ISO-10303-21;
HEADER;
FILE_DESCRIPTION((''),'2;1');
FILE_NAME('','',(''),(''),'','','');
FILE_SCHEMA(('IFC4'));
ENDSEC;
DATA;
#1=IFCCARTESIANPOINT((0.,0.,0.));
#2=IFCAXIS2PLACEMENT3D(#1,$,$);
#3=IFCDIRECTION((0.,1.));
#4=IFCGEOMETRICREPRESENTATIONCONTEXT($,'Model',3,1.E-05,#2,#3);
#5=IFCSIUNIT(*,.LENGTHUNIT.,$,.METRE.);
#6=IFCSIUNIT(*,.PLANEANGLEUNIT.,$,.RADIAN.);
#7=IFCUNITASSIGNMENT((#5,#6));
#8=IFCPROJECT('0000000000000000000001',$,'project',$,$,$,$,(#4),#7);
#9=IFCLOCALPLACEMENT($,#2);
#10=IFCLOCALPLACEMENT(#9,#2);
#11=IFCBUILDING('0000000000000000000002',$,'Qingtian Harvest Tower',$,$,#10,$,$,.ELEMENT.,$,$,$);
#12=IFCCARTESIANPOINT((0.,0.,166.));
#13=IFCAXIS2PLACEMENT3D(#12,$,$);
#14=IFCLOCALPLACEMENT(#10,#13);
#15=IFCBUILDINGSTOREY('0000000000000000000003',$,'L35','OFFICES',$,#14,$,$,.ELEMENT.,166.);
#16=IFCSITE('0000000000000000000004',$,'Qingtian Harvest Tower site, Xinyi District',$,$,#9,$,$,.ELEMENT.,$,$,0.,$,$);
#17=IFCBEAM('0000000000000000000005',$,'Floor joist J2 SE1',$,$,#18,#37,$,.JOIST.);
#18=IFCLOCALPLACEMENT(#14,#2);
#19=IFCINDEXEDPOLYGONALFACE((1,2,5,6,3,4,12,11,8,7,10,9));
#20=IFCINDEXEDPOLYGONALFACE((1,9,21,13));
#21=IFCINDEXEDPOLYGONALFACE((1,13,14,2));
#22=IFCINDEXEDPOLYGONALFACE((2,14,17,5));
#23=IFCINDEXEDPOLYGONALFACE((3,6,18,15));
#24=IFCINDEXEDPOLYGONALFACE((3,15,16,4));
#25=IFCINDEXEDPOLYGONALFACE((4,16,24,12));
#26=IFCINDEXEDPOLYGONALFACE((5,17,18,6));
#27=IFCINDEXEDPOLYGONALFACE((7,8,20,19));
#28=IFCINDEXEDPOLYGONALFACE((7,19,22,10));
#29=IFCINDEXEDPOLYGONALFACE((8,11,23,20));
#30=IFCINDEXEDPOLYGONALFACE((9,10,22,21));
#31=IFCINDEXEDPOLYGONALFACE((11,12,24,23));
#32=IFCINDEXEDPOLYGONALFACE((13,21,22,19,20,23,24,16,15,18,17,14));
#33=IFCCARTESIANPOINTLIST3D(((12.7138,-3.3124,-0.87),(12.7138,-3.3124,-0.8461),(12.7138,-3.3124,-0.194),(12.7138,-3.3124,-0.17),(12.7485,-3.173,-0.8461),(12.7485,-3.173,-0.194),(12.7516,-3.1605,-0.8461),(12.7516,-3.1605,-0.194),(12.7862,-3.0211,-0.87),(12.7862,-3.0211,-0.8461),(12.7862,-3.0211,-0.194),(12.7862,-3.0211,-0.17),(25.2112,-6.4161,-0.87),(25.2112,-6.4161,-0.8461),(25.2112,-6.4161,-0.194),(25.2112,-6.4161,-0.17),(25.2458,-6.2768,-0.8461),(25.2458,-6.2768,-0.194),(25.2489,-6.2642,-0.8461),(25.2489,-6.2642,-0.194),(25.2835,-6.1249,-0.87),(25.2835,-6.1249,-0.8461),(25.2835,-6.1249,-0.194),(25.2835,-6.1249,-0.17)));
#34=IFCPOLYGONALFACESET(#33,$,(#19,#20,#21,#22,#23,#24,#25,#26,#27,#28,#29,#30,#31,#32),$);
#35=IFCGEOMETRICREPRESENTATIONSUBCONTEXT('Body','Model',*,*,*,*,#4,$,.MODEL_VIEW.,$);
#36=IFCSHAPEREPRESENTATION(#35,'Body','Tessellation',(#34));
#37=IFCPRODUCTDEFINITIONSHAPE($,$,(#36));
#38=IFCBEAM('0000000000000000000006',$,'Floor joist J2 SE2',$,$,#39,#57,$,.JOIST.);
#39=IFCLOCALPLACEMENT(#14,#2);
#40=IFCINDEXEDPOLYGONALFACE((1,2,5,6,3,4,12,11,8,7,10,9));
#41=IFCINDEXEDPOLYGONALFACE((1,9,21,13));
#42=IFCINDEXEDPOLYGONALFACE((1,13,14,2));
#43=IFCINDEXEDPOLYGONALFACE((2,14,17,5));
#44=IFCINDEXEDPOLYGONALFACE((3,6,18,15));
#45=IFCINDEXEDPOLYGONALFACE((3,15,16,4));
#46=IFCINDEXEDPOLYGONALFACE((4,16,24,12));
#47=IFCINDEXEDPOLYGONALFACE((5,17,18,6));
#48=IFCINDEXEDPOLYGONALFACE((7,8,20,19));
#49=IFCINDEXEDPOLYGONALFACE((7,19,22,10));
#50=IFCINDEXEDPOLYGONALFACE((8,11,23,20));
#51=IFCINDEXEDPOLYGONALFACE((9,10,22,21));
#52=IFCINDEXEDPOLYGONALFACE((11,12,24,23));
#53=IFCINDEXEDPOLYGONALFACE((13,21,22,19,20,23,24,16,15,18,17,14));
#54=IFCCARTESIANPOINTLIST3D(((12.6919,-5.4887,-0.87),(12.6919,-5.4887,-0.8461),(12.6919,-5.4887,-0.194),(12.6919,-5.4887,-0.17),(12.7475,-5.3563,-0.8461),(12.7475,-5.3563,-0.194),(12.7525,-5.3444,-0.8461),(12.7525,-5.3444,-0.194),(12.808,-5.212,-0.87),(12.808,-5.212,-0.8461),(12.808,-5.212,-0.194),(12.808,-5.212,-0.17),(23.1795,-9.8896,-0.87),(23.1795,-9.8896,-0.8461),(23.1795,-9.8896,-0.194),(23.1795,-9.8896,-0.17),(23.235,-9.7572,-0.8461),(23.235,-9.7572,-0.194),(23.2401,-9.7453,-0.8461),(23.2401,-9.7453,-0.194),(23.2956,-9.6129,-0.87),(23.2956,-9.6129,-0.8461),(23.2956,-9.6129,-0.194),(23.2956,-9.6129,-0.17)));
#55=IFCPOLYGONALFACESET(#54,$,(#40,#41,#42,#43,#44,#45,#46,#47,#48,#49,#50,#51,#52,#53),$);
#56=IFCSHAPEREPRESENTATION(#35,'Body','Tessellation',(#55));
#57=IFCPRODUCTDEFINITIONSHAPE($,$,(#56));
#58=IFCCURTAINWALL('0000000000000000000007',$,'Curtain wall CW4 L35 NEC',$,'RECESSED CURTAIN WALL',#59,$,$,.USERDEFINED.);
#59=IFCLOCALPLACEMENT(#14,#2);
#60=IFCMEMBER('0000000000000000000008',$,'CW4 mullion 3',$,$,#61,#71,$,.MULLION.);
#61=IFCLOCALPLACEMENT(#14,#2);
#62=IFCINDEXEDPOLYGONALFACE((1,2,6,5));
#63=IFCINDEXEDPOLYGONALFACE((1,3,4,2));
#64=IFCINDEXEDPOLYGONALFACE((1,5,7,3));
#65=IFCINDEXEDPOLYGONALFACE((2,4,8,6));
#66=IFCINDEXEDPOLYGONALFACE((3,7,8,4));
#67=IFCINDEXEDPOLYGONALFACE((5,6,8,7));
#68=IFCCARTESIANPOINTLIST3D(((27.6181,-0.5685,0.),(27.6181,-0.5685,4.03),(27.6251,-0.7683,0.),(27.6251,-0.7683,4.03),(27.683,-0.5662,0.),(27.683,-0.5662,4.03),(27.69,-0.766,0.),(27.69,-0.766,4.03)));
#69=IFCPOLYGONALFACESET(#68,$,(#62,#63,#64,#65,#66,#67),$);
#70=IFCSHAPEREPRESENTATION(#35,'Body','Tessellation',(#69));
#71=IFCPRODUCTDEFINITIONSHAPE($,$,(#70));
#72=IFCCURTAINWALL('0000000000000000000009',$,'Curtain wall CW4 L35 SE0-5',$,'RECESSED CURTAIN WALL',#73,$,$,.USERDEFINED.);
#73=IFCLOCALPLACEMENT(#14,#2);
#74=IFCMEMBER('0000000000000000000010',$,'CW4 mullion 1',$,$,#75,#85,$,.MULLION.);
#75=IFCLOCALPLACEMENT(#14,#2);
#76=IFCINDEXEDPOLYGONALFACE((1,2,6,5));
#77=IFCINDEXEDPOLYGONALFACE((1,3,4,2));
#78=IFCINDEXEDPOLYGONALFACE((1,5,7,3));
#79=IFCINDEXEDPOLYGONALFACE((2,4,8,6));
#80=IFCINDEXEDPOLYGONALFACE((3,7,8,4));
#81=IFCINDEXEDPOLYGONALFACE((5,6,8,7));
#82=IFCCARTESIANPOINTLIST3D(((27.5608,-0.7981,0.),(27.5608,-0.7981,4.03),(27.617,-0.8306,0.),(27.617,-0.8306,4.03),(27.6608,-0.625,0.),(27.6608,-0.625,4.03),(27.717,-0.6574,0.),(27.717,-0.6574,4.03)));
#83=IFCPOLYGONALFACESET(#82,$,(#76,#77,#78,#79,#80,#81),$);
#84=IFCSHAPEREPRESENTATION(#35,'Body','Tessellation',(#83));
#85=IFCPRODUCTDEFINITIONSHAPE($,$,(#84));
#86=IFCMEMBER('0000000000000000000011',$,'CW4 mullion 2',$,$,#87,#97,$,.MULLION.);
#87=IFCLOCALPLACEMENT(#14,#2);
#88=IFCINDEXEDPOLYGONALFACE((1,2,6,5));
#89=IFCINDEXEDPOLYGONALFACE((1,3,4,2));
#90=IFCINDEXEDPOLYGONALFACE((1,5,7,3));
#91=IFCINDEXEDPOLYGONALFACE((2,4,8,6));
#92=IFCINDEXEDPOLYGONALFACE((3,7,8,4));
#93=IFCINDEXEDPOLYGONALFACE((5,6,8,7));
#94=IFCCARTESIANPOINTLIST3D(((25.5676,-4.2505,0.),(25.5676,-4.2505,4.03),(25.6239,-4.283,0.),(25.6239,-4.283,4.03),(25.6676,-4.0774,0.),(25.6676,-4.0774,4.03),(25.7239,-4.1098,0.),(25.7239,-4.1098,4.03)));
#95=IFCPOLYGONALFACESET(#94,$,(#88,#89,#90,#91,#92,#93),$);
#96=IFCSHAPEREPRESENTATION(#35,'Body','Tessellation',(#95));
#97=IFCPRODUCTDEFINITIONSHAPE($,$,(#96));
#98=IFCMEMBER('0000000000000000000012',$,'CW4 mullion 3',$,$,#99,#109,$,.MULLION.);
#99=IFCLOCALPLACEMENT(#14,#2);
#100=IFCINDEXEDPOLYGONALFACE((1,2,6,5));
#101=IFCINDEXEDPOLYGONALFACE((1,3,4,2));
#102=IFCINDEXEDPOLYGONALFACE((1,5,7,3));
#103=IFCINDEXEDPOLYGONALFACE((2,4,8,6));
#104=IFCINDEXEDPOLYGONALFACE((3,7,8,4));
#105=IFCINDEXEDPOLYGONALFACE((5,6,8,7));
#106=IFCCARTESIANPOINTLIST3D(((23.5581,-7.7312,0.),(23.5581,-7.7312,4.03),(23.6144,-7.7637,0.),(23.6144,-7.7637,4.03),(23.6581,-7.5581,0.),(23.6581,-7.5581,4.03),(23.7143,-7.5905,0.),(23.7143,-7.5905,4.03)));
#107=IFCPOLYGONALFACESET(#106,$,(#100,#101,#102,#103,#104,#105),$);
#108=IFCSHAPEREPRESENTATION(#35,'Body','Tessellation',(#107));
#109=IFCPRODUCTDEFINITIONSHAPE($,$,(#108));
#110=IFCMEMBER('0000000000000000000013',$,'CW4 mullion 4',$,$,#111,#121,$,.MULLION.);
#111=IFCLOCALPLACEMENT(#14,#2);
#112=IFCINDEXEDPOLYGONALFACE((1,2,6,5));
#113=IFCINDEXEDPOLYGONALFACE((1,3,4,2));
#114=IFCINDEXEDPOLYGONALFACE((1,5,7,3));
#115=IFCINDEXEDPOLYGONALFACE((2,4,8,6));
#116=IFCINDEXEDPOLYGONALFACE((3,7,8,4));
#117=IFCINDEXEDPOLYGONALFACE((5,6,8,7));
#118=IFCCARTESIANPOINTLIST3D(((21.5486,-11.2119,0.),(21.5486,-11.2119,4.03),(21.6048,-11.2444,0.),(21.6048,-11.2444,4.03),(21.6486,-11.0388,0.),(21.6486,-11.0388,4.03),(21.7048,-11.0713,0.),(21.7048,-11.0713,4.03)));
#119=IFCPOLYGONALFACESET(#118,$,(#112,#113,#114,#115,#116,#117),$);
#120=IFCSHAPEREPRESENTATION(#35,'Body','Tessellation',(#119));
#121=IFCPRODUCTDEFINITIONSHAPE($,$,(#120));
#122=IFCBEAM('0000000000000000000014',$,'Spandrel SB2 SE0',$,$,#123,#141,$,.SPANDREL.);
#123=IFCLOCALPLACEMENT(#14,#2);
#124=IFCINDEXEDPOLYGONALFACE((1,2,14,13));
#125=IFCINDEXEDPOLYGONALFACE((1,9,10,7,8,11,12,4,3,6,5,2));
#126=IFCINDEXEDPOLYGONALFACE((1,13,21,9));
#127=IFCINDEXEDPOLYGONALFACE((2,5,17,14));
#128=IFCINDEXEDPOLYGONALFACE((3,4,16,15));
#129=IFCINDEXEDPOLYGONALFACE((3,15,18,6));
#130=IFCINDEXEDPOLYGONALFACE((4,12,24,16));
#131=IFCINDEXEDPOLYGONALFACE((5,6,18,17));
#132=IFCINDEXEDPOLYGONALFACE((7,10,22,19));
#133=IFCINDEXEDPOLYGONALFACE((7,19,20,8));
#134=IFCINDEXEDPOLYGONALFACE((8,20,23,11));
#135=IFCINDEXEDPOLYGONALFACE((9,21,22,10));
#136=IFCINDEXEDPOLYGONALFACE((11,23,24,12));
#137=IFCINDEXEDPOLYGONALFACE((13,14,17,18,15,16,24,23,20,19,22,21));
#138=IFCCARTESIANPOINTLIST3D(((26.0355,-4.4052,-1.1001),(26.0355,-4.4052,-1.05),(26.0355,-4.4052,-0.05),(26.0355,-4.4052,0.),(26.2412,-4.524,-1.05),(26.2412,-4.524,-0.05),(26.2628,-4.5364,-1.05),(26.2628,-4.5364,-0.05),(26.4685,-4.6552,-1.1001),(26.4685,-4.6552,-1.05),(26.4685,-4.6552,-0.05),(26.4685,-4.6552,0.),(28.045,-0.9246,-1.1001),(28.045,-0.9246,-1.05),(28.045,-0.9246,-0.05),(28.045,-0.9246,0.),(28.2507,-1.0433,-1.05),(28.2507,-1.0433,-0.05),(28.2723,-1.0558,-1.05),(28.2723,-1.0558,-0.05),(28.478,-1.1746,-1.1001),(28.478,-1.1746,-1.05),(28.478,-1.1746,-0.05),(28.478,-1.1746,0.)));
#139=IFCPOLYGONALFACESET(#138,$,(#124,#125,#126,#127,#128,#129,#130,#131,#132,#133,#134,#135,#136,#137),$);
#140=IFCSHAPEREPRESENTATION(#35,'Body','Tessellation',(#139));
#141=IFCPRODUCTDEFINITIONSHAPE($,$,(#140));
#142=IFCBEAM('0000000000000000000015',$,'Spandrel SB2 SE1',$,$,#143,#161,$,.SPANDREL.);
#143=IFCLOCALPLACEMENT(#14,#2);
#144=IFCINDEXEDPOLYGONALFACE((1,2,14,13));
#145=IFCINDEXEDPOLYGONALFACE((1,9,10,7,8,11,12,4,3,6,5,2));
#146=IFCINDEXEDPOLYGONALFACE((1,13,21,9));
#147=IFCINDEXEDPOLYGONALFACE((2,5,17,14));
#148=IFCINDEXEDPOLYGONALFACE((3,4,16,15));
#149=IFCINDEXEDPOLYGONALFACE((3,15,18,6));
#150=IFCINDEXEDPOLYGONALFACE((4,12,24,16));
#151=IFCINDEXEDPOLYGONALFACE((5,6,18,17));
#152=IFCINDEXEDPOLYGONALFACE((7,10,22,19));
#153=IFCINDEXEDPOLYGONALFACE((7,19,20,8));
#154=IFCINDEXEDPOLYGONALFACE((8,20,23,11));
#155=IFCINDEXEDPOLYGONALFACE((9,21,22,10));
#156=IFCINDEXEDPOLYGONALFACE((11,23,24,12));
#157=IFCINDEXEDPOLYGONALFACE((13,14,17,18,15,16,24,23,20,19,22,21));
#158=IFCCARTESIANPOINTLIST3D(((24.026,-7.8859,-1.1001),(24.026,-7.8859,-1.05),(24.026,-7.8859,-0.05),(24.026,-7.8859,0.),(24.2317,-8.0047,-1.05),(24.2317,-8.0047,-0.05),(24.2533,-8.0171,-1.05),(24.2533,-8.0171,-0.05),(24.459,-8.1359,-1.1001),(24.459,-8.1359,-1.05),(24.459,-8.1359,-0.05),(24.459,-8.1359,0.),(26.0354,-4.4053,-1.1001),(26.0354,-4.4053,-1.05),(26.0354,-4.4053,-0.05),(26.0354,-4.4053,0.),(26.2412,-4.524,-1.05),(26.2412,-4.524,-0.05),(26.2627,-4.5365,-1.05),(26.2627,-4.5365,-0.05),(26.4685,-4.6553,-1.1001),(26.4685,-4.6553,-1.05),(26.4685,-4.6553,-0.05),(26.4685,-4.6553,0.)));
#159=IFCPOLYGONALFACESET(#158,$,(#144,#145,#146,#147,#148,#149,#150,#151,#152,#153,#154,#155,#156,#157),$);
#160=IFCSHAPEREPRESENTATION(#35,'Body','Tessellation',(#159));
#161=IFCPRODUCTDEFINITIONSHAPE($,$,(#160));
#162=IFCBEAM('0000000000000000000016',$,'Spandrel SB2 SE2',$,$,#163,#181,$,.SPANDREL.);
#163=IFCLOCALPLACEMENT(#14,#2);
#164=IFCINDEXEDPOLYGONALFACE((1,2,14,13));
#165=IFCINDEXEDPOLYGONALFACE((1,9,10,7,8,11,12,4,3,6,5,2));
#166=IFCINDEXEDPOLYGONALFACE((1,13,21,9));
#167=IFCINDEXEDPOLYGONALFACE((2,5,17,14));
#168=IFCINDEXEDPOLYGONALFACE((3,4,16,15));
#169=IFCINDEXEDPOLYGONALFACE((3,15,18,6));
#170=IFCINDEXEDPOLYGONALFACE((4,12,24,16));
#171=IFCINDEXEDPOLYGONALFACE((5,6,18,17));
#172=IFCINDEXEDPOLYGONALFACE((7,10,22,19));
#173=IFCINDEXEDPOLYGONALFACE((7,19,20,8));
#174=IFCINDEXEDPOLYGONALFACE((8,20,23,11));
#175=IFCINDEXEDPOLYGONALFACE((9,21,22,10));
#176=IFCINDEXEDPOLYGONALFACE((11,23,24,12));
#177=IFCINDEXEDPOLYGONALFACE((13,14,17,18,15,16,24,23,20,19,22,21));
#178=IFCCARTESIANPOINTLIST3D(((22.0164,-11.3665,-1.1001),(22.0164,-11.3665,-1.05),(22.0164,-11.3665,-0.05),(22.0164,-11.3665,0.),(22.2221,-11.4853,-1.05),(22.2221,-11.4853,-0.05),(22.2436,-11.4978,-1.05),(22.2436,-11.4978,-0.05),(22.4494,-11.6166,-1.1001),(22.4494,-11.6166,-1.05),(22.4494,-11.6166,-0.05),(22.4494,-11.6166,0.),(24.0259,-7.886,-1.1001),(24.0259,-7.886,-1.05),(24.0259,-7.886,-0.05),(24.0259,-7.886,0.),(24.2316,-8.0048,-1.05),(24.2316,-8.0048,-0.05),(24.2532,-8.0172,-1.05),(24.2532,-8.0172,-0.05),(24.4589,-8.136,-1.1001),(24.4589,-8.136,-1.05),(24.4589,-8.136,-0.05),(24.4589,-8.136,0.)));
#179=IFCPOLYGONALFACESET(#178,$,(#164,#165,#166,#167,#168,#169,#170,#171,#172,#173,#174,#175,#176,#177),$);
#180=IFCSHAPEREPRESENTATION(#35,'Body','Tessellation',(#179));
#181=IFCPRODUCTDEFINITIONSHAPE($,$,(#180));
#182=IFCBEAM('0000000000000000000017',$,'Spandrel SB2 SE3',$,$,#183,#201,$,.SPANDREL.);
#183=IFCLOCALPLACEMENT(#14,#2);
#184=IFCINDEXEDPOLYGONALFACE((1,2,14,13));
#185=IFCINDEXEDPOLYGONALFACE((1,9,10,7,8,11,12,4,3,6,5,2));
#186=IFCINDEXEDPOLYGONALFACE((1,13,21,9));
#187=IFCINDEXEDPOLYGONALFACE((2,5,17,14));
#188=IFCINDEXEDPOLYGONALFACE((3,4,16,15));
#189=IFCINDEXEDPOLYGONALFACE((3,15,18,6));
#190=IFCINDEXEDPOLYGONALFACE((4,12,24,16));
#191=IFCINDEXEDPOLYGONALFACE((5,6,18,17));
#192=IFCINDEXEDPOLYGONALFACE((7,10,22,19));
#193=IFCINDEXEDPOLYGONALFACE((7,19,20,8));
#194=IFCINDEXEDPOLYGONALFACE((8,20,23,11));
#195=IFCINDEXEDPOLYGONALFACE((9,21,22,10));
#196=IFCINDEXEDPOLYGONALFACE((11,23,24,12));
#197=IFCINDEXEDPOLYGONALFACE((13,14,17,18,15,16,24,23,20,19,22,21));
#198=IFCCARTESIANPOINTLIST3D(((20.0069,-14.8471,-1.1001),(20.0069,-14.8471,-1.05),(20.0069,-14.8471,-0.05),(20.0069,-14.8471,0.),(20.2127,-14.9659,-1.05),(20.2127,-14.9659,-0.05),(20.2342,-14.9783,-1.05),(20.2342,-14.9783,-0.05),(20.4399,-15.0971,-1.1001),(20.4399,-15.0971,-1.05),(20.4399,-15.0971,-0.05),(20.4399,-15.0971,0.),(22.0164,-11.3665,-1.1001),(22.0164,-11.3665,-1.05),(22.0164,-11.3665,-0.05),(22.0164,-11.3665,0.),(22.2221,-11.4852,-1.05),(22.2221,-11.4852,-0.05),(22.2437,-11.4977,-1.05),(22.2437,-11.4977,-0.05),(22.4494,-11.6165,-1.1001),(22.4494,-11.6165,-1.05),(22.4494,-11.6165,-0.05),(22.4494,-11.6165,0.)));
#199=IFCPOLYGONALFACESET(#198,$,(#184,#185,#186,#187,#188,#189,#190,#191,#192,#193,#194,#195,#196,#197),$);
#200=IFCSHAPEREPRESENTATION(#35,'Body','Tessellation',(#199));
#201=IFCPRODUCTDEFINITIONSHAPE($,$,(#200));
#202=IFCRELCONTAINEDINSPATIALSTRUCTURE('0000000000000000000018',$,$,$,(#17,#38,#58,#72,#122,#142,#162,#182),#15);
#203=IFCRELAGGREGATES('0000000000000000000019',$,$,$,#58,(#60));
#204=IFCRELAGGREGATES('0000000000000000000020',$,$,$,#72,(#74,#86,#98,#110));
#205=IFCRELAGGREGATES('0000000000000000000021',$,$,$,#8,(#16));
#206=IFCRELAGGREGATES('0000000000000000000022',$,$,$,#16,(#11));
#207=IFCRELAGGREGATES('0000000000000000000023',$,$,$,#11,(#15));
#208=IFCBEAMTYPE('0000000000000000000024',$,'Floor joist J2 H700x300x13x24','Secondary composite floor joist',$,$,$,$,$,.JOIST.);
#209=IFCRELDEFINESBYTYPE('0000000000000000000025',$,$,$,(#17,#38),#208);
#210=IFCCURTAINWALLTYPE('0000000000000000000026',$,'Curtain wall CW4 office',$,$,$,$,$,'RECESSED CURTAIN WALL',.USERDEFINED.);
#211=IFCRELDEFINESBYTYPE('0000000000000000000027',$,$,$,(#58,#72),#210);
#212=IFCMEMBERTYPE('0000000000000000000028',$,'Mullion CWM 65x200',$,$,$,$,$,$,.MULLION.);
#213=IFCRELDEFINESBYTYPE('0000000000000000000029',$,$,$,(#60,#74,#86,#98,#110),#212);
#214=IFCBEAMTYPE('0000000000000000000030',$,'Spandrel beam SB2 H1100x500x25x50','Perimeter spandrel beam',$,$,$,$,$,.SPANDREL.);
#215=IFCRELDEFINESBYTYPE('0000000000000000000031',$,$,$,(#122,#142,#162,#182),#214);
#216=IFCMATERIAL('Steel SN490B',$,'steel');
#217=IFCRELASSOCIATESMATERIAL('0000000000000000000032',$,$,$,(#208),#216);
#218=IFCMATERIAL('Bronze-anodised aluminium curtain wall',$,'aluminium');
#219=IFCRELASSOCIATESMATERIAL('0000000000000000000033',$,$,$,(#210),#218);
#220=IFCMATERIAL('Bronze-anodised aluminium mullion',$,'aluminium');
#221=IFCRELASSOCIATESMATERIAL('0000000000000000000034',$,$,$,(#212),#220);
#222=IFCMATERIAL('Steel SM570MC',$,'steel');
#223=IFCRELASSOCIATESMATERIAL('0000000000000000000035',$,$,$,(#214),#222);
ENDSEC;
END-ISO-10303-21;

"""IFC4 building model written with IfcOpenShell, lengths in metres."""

from ifc_helpers import new_model, si_unit, direction, frame, origin, origin_2d, place, context, subcontext, project, spatial, rectangle, i_section, extrude, material, material_profile, profile_set, type_object, element, aggregate, save


model = new_model("IFC4")

# Units and contexts
model_context = context("Model", 3, precision=1e-05, world=origin(), true_north=direction((0.0, 1.0)))
body_context = subcontext(model_context, "Body", "Model", "MODEL_VIEW")
ifc_project = project(units=[si_unit("LENGTHUNIT", "METRE"), si_unit("PLANEANGLEUNIT", "RADIAN")], contexts=[model_context])

# Site, building, storey
site_placement = place(None, origin())
site = spatial("IfcSite", under=ifc_project, at=site_placement, Name="Qingtian Harvest Tower site, Xinyi District", CompositionType="ELEMENT", RefElevation=0.0)
building_placement = place(site_placement, origin())
building = spatial("IfcBuilding", under=site, at=building_placement, Name="Qingtian Harvest Tower", CompositionType="ELEMENT")
storey_placement = place(building_placement, frame((0.0, 0.0, 166.0)))
storey = spatial("IfcBuildingStorey", under=building, at=storey_placement, Name="L35", Description="OFFICES", CompositionType="ELEMENT", Elevation=166.0)

# Beams
ifc_material_1 = material(Name="Steel SN490B", Category="steel")
ifc_material_profile_1 = material_profile(ifc_material_1, i_section(OverallWidth=0.3, OverallDepth=0.7, WebThickness=0.0129, FlangeThickness=0.0239, at=origin_2d()), Name="H700x300x13x24")
ifc_profile_set_1 = profile_set([ifc_material_profile_1], Name="Steel SN490B")
beam_type_1 = type_object("IfcBeamType", Name="Floor joist J2 H700x300x13x24", Description="Secondary composite floor joist", PredefinedType="JOIST", material=ifc_profile_set_1)
beam_1_placement = place(storey_placement, frame((25.2473, -6.2705, -0.52), z_axis=(-0.970517, 0.241032, 0.0), x_axis=(-0.241032, -0.970517, 0.0)))
element("IfcBeam", 1, at=beam_1_placement, inside=storey, type_object=beam_type_1, Name="Floor joist J2 SE1", PredefinedType="JOIST", context=body_context, shape_type="SweptSolid", body=[
    extrude(i_section(OverallWidth=0.3, OverallDepth=0.7, WebThickness=0.0129, FlangeThickness=0.0239, at=origin_2d()), origin(), (0.0, 0.0, 1.0), 12.877),
])
beam_2_placement = place(storey_placement, frame((23.2375, -9.7512, -0.52), z_axis=(-0.922104, 0.386942, 0.0), x_axis=(-0.386942, -0.922104, 0.0)))
element("IfcBeam", 2, at=beam_2_placement, inside=storey, type_object=beam_type_1, Name="Floor joist J2 SE2", PredefinedType="JOIST", context=body_context, shape_type="SweptSolid", body=[
    extrude(i_section(OverallWidth=0.3, OverallDepth=0.7, WebThickness=0.0129, FlangeThickness=0.0239, at=origin_2d()), origin(), (0.0, 0.0, 1.0), 11.3735),
])

# Curtain wall, member
ifc_material_2 = material(Name="Bronze-anodised aluminium curtain wall", Category="aluminium")
curtain_wall_type = type_object("IfcCurtainWallType", Name="Curtain wall CW4 office", ElementType="RECESSED CURTAIN WALL", PredefinedType="USERDEFINED", material=ifc_material_2)
curtain_wall_1_placement = place(storey_placement, origin())
curtain_wall_1 = element("IfcCurtainWall", 3, at=curtain_wall_1_placement, inside=storey, type_object=curtain_wall_type, Name="Curtain wall CW4 L35 NEC", ObjectType="RECESSED CURTAIN WALL", PredefinedType="USERDEFINED")
ifc_material_3 = material(Name="Bronze-anodised aluminium mullion", Category="aluminium")
ifc_material_profile_2 = material_profile(ifc_material_3, rectangle(XDim=0.0649, YDim=0.2, at=origin_2d()), Name="AL 65x200")
ifc_profile_set_2 = profile_set([ifc_material_profile_2], Name="Bronze-anodised aluminium mullion")
member_type_1 = type_object("IfcMemberType", Name="Mullion CWM 65x200", PredefinedType="MULLION", material=ifc_profile_set_2)
member_1_placement = place(storey_placement, frame((27.6541, -0.6672, 0.0), z_axis=(0.0, 0.0, 1.0), x_axis=(0.999391, 0.034899, 0.0)))
member_1 = element("IfcMember", 4, at=member_1_placement, type_object=member_type_1, Name="CW4 mullion 3", PredefinedType="MULLION", context=body_context, shape_type="SweptSolid", body=[
    extrude(rectangle(XDim=0.0649, YDim=0.2, at=origin_2d()), origin(), (0.0, 0.0, 1.0), 4.03),
])
aggregate(curtain_wall_1, [member_1])

# Curtain wall, members
curtain_wall_2_placement = place(storey_placement, origin())
curtain_wall_2 = element("IfcCurtainWall", 5, at=curtain_wall_2_placement, inside=storey, type_object=curtain_wall_type, Name="Curtain wall CW4 L35 SE0-5", ObjectType="RECESSED CURTAIN WALL", PredefinedType="USERDEFINED")
member_2_placement = place(storey_placement, frame((27.6389, -0.7278, 0.0), z_axis=(0.0, 0.0, 1.0), x_axis=(0.866025, -0.5, 0.0)))
member_2 = element("IfcMember", 6, at=member_2_placement, type_object=member_type_1, Name="CW4 mullion 1", PredefinedType="MULLION", context=body_context, shape_type="SweptSolid", body=[
    extrude(rectangle(XDim=0.0649, YDim=0.2, at=origin_2d()), origin(), (0.0, 0.0, 1.0), 4.03),
])
member_3_placement = place(storey_placement, frame((25.6458, -4.1802, 0.0), z_axis=(0.0, 0.0, 1.0), x_axis=(0.866025, -0.5, 0.0)))
member_3 = element("IfcMember", 7, at=member_3_placement, type_object=member_type_1, Name="CW4 mullion 2", PredefinedType="MULLION", context=body_context, shape_type="SweptSolid", body=[
    extrude(rectangle(XDim=0.0649, YDim=0.2, at=origin_2d()), origin(), (0.0, 0.0, 1.0), 4.03),
])
member_4_placement = place(storey_placement, frame((23.6362, -7.6609, 0.0), z_axis=(0.0, 0.0, 1.0), x_axis=(0.866025, -0.5, 0.0)))
member_4 = element("IfcMember", 8, at=member_4_placement, type_object=member_type_1, Name="CW4 mullion 3", PredefinedType="MULLION", context=body_context, shape_type="SweptSolid", body=[
    extrude(rectangle(XDim=0.0649, YDim=0.2, at=origin_2d()), origin(), (0.0, 0.0, 1.0), 4.03),
])
member_5_placement = place(storey_placement, frame((21.6267, -11.1416, 0.0), z_axis=(0.0, 0.0, 1.0), x_axis=(0.866025, -0.5, 0.0)))
member_5 = element("IfcMember", 9, at=member_5_placement, type_object=member_type_1, Name="CW4 mullion 4", PredefinedType="MULLION", context=body_context, shape_type="SweptSolid", body=[
    extrude(rectangle(XDim=0.0649, YDim=0.2, at=origin_2d()), origin(), (0.0, 0.0, 1.0), 4.03),
])

# Beams
ifc_material_4 = material(Name="Steel SM570MC", Category="steel")
ifc_material_profile_3 = material_profile(ifc_material_4, i_section(OverallWidth=0.5, OverallDepth=1.1001, WebThickness=0.0249, FlangeThickness=0.05, at=origin_2d()), Name="H1100x500x25x50")
ifc_profile_set_3 = profile_set([ifc_material_profile_3], Name="Steel SM570MC")
beam_type_2 = type_object("IfcBeamType", Name="Spandrel beam SB2 H1100x500x25x50", Description="Perimeter spandrel beam", PredefinedType="SPANDREL", material=ifc_profile_set_3)
for number, where, z_axis, x_axis, name in (
    (10, (28.2615, -1.0496, -0.55), (-0.499987, -0.866033, 0.0), (0.866033, -0.499987, 0.0), "Spandrel SB2 SE0"),
    (11, (26.252, -4.5303, -0.55), (-0.499987, -0.866033, 0.0), (0.866033, -0.499987, 0.0), "Spandrel SB2 SE1"),
    (12, (24.2424, -8.011, -0.55), (-0.500013, -0.866018, 0.0), (0.866018, -0.500013, 0.0), "Spandrel SB2 SE2"),
    (13, (22.2329, -11.4915, -0.55), (-0.499987, -0.866033, 0.0), (0.866033, -0.499987, 0.0), "Spandrel SB2 SE3"),
):
    element("IfcBeam", number, at=place(storey_placement, frame(where, z_axis=z_axis, x_axis=x_axis)), inside=storey, type_object=beam_type_2, Name=name, PredefinedType="SPANDREL", context=body_context, shape_type="SweptSolid", body=[
        extrude(i_section(OverallWidth=0.5, OverallDepth=1.1001, WebThickness=0.0249, FlangeThickness=0.05, at=origin_2d()), origin(), (0.0, 0.0, 1.0), 4.019),
    ])

aggregate(curtain_wall_2, [member_2, member_3, member_4, member_5])

save(model, "model.ifc")
